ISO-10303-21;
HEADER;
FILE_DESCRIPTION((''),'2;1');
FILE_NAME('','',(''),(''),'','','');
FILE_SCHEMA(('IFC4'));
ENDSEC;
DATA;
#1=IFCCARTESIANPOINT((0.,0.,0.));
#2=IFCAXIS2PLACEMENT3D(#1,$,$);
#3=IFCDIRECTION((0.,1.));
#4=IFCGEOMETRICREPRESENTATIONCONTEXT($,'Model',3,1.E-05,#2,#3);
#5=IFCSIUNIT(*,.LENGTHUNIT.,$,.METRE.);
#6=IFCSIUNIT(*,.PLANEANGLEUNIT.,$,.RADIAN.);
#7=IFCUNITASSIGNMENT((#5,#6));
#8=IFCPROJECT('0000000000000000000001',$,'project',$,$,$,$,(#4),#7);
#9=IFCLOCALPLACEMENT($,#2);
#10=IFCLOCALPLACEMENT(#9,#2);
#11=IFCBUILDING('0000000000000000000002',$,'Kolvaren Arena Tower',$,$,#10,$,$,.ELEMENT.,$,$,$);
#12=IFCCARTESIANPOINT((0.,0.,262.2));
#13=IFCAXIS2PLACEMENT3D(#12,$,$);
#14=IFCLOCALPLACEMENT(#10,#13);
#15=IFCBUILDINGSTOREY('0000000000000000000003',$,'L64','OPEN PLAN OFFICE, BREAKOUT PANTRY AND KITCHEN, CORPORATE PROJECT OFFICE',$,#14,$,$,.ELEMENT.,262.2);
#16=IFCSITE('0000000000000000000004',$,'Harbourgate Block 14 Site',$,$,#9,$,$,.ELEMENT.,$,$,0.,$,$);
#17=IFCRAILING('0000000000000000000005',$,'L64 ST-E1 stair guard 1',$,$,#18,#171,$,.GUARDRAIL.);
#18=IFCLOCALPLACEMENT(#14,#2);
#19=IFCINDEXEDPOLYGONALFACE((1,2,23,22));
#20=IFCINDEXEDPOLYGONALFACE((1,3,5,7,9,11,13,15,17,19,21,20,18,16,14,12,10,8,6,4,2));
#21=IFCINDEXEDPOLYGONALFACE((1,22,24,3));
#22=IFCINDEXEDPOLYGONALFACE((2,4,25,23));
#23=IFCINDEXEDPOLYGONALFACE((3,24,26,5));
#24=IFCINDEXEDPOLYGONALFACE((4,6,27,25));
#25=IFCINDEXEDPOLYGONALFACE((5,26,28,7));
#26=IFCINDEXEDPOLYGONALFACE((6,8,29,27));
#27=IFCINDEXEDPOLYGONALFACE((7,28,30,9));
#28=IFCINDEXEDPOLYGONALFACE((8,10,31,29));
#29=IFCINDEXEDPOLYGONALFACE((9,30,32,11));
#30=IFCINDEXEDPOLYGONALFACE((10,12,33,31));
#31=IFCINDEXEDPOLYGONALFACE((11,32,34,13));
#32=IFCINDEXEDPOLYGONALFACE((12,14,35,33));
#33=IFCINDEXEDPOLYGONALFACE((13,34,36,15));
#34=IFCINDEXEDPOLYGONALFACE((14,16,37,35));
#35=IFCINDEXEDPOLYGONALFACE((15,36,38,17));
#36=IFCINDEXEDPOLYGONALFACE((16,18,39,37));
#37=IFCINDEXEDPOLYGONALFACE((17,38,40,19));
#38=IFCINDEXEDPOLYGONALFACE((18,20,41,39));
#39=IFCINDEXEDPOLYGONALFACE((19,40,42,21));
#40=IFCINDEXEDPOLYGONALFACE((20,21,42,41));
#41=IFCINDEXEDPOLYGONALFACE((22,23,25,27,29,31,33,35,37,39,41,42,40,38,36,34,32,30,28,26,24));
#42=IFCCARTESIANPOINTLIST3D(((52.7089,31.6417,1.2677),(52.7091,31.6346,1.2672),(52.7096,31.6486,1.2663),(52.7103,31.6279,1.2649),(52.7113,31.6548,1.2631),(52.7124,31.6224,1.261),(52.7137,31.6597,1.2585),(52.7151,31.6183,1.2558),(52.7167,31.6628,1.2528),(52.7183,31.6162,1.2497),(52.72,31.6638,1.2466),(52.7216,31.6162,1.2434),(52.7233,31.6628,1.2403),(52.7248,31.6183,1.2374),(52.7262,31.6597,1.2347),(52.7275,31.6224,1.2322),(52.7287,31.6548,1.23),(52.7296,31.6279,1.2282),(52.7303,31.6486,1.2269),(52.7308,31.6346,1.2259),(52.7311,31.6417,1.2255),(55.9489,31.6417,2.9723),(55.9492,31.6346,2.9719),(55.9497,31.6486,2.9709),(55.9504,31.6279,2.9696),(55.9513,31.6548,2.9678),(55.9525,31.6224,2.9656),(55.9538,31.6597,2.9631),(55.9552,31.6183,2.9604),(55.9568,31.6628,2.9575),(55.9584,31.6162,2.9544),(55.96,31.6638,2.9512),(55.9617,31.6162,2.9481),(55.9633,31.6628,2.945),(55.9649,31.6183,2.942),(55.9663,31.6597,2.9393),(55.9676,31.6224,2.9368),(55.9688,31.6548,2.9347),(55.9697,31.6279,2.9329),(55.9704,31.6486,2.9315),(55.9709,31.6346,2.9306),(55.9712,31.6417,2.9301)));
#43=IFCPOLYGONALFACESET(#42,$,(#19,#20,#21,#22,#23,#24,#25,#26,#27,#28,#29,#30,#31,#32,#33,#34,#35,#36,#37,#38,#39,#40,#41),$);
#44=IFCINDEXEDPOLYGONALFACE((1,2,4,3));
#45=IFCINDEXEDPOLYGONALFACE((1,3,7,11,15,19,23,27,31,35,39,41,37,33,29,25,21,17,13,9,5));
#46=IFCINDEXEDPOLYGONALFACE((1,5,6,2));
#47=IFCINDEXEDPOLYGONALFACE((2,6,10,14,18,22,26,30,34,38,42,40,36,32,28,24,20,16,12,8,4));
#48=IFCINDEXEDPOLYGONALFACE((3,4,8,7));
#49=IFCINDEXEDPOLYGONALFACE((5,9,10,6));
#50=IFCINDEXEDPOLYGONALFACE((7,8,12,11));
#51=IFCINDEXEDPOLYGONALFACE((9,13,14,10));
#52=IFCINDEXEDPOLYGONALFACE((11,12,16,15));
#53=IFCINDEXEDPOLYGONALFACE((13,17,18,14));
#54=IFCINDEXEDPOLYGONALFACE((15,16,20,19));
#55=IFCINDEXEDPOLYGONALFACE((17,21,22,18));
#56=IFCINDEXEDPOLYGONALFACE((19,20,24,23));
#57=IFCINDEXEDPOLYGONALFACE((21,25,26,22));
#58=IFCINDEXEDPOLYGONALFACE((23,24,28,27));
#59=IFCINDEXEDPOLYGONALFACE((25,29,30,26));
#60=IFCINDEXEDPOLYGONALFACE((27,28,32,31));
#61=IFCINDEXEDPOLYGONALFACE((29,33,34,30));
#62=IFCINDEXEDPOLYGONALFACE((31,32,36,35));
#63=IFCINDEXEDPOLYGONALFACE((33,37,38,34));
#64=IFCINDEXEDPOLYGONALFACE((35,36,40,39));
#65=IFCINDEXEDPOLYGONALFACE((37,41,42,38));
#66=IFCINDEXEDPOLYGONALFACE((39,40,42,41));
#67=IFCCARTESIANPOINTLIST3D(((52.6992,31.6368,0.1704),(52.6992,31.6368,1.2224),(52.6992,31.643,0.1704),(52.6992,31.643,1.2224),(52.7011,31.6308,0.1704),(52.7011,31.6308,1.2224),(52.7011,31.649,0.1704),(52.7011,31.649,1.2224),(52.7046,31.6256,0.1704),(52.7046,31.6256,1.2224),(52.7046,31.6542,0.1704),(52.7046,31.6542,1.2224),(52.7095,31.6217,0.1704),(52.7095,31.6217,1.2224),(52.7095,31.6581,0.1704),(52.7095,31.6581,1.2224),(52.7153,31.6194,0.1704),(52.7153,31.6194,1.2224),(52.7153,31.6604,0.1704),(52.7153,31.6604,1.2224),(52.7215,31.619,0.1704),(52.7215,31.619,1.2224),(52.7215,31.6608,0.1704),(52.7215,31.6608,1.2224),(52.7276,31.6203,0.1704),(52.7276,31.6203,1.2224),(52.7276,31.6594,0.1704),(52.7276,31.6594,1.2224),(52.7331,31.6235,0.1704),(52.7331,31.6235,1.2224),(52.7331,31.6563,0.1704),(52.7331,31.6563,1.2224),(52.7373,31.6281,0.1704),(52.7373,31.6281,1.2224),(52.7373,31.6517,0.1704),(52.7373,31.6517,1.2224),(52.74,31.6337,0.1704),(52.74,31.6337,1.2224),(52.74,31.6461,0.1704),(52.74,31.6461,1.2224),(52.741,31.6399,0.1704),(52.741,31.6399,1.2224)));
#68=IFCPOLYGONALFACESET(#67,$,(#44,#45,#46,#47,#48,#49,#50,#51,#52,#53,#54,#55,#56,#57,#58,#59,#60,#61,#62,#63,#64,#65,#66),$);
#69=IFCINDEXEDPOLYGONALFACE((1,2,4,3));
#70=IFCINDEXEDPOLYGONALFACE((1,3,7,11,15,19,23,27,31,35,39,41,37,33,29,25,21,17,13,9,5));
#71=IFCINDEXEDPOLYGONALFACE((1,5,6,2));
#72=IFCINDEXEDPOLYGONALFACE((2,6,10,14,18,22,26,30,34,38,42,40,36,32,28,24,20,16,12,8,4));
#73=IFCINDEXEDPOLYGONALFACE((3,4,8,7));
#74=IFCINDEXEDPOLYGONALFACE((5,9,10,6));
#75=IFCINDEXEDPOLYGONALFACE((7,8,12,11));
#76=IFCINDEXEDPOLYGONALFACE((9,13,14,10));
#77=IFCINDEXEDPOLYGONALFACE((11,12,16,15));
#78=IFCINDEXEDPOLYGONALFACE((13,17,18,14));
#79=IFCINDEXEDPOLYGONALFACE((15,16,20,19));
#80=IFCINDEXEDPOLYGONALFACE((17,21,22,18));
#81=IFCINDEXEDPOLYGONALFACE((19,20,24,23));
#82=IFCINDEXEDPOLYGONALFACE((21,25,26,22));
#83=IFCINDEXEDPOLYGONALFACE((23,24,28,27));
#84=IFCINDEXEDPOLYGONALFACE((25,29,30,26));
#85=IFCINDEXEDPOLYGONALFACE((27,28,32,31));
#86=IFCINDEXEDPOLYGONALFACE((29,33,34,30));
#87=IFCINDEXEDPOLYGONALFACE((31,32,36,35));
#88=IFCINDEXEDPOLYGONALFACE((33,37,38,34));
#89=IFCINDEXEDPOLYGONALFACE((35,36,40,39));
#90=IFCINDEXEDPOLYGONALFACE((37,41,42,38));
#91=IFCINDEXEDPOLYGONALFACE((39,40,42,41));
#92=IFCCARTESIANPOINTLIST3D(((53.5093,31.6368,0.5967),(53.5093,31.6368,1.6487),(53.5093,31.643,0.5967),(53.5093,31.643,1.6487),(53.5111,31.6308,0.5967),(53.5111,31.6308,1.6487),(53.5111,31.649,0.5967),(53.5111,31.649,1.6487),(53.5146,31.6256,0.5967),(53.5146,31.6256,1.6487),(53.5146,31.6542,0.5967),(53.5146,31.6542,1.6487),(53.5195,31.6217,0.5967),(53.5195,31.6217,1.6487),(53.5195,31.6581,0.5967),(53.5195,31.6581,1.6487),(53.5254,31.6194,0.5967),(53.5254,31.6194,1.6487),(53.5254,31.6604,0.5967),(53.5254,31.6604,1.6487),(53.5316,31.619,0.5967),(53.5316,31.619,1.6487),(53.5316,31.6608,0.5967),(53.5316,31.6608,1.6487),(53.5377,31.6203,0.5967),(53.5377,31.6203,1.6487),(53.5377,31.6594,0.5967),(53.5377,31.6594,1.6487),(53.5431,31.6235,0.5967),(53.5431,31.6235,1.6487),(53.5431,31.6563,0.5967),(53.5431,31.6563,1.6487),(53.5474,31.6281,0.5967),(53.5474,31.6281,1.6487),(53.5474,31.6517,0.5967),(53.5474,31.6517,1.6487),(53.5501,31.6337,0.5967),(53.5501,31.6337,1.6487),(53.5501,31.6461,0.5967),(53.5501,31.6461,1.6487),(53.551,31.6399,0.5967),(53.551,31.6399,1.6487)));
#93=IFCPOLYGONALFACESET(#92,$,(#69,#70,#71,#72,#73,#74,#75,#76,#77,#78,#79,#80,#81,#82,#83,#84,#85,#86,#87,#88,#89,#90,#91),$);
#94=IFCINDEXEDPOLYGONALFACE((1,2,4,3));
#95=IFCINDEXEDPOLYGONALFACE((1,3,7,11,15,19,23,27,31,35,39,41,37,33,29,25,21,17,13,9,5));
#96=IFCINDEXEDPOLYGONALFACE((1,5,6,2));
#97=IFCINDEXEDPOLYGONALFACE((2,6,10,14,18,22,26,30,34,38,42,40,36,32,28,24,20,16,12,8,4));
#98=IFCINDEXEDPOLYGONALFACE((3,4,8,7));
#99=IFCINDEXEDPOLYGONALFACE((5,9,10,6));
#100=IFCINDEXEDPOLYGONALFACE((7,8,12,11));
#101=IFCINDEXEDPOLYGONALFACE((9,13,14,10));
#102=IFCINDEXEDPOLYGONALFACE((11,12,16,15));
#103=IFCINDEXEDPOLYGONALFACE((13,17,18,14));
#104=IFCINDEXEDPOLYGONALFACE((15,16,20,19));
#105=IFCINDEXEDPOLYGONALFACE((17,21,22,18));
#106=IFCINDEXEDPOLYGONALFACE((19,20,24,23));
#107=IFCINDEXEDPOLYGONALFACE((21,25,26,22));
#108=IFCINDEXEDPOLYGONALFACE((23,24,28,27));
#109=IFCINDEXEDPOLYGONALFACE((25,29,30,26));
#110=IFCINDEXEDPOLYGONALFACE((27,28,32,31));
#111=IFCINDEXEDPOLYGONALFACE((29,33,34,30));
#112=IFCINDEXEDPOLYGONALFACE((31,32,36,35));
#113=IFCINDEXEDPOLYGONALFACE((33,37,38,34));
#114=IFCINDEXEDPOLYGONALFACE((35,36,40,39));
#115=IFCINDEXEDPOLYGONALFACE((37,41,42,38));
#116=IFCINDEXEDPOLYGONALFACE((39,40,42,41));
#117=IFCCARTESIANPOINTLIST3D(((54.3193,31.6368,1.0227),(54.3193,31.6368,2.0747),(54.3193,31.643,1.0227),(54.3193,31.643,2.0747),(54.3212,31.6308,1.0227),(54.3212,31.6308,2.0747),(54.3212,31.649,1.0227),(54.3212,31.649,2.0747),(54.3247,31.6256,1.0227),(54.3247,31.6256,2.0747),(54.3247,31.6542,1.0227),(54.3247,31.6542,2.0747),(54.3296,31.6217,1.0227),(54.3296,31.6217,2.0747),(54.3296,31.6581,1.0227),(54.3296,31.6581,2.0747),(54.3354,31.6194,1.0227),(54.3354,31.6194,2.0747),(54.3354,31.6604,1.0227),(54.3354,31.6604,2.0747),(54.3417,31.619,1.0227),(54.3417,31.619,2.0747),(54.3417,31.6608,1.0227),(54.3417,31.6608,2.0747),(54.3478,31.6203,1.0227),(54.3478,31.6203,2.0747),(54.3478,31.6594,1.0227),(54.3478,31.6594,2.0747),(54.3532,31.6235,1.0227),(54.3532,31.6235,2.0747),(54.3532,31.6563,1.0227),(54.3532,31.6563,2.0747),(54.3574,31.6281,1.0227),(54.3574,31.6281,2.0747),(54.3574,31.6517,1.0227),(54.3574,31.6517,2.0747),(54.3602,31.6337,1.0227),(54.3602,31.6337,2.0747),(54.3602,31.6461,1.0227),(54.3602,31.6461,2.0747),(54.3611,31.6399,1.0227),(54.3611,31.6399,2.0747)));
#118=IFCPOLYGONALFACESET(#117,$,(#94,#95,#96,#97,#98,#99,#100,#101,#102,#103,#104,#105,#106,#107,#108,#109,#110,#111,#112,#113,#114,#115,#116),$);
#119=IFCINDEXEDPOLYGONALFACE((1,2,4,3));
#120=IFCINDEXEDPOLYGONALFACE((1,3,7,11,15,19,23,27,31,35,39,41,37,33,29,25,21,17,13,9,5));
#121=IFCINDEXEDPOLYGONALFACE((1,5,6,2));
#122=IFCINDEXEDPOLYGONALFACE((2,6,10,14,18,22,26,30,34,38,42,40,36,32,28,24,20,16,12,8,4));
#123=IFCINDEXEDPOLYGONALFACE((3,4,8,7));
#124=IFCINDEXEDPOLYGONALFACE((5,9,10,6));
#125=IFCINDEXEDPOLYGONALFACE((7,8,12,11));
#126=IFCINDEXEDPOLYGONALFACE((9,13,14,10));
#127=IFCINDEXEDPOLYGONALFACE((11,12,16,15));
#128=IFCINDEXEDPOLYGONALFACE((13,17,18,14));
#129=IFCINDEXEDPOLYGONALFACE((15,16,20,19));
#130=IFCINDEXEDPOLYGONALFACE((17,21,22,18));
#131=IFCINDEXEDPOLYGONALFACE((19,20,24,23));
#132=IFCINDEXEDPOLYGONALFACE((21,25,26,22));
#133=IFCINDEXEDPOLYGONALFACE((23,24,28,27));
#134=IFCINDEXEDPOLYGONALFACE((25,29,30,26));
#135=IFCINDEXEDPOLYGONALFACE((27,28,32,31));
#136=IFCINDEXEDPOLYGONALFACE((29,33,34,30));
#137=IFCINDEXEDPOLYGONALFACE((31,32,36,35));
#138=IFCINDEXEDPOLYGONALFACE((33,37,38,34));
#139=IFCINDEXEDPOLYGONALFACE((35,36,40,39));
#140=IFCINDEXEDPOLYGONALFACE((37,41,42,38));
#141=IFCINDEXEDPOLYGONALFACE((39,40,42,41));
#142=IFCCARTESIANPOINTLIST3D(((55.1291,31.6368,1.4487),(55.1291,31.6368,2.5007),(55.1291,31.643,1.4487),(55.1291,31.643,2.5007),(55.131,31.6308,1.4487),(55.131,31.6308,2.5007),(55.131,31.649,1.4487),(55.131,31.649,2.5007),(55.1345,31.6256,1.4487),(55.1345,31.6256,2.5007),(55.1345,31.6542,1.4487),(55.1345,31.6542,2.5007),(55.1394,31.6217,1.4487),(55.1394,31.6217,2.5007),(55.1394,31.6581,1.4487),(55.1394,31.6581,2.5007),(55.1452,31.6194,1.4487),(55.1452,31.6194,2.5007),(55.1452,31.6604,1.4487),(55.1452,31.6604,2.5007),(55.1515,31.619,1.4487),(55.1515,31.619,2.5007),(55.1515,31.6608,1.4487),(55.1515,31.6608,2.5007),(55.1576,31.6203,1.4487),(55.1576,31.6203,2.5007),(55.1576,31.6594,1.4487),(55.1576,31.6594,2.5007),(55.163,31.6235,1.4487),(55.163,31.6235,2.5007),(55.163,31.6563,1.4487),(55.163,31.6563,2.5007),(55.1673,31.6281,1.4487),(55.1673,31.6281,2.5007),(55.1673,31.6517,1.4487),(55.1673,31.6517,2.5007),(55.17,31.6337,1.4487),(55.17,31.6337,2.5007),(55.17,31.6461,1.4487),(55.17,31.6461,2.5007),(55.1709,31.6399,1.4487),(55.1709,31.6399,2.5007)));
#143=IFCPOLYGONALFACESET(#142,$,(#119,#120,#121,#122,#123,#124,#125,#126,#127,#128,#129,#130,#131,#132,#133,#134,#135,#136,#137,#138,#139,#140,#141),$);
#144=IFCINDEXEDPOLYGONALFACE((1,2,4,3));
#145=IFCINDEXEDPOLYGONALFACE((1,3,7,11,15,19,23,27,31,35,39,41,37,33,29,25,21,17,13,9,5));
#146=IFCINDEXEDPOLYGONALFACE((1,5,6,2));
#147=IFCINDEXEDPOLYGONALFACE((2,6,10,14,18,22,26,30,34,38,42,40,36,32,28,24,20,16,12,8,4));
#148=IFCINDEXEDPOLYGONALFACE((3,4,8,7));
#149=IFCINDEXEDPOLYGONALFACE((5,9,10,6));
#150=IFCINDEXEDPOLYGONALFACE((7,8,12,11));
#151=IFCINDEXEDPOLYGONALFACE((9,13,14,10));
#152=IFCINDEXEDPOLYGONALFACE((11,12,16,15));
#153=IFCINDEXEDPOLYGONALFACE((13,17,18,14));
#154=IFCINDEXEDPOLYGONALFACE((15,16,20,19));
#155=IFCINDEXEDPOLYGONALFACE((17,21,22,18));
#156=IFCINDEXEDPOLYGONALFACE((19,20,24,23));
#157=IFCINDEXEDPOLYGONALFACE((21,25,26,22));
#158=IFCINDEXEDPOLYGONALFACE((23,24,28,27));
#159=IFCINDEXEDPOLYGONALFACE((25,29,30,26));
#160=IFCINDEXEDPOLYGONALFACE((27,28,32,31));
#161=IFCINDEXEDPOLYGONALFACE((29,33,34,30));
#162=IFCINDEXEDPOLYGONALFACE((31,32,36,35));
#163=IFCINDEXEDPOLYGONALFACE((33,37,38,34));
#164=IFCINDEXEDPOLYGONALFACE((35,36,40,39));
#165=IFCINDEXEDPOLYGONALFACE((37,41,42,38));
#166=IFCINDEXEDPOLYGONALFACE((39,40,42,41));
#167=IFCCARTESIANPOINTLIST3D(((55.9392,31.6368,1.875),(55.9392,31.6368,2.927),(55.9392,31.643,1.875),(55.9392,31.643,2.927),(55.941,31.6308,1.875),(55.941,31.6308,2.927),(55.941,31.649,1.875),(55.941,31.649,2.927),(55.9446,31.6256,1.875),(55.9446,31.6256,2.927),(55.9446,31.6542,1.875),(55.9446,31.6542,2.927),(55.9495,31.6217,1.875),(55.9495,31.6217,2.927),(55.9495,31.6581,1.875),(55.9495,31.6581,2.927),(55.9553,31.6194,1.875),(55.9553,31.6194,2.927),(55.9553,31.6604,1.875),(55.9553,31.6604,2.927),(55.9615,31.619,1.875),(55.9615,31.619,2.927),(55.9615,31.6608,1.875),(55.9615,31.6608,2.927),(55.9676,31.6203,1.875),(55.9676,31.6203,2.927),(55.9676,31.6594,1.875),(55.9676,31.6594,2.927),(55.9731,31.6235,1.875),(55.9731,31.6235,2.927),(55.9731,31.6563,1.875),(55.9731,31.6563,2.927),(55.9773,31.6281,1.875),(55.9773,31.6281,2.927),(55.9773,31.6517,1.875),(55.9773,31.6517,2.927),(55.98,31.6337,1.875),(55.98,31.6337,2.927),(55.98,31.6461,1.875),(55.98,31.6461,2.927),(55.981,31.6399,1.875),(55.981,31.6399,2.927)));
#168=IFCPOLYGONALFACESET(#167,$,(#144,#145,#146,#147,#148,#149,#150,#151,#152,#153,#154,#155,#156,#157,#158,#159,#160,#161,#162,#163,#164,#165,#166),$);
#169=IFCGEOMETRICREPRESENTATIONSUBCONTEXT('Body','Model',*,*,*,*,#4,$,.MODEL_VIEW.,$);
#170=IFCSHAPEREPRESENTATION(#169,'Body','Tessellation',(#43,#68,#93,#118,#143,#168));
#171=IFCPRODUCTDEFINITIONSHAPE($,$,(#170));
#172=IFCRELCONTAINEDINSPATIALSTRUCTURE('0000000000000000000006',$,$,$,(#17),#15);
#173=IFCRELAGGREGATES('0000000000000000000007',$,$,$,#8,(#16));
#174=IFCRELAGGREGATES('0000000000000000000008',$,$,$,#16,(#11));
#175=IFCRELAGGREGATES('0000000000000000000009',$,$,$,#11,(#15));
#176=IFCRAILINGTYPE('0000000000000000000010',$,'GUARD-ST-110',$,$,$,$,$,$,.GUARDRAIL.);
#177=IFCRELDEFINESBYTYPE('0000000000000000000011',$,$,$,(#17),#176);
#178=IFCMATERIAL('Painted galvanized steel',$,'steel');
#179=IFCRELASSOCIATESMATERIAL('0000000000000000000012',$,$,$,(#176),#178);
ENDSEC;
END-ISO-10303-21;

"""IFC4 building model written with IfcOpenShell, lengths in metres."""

from ifc_helpers import new_model, si_unit, direction, frame, origin, origin_2d, place, context, subcontext, project, spatial, circle, extrude, material, type_object, element, save


model = new_model("IFC4")

# Units and contexts
model_context = context("Model", 3, precision=1e-05, world=origin(), true_north=direction((0.0, 1.0)))
body_context = subcontext(model_context, "Body", "Model", "MODEL_VIEW")
ifc_project = project(units=[si_unit("LENGTHUNIT", "METRE"), si_unit("PLANEANGLEUNIT", "RADIAN")], contexts=[model_context])

# Site, building, storey
site_placement = place(None, origin())
site = spatial("IfcSite", under=ifc_project, at=site_placement, Name="Harbourgate Block 14 Site", CompositionType="ELEMENT", RefElevation=0.0)
building_placement = place(site_placement, origin())
building = spatial("IfcBuilding", under=site, at=building_placement, Name="Kolvaren Arena Tower", CompositionType="ELEMENT")
storey_placement = place(building_placement, frame((0.0, 0.0, 262.2)))
storey = spatial("IfcBuildingStorey", under=building, at=storey_placement, Name="L64", Description="OPEN PLAN OFFICE, BREAKOUT PANTRY AND KITCHEN, CORPORATE PROJECT OFFICE", CompositionType="ELEMENT", Elevation=262.2)

# Railing
ifc_material_1 = material(Name="Painted galvanized steel", Category="steel")
railing_type_1 = type_object("IfcRailingType", Name="GUARD-ST-110", PredefinedType="GUARDRAIL", material=ifc_material_1)
railing_1_placement = place(storey_placement, frame((52.72, 31.6399, 0.1704)))
element("IfcRailing", 1, at=railing_1_placement, inside=storey, type_object=railing_type_1, Name="L64 ST-E1 stair guard 1", PredefinedType="GUARDRAIL", context=body_context, shape_type="SweptSolid", body=[
    extrude(circle(Radius=0.0239, at=origin_2d()), frame((0.0, 0.0, 1.0762), z_axis=(0.884993, 0.0, 0.465604), x_axis=(0.0, 1.0, 0.0)), (0.0, 0.0, 1.0), 3.6611),
    extrude(circle(Radius=0.021, at=origin_2d()), origin(), (0.0, 0.0, 1.0), 1.052),
    extrude(circle(Radius=0.021, at=origin_2d()), frame((0.8101, 0.0, 0.4263)), (0.0, 0.0, 1.0), 1.052),
    extrude(circle(Radius=0.021, at=origin_2d()), frame((1.6201, 0.0, 0.8523)), (0.0, 0.0, 1.0), 1.052),
    extrude(circle(Radius=0.021, at=origin_2d()), frame((2.4299, 0.0, 1.2783)), (0.0, 0.0, 1.0), 1.052),
    extrude(circle(Radius=0.021, at=origin_2d()), frame((3.24, 0.0, 1.7046)), (0.0, 0.0, 1.0), 1.052),
])

save(model, "model.ifc")
